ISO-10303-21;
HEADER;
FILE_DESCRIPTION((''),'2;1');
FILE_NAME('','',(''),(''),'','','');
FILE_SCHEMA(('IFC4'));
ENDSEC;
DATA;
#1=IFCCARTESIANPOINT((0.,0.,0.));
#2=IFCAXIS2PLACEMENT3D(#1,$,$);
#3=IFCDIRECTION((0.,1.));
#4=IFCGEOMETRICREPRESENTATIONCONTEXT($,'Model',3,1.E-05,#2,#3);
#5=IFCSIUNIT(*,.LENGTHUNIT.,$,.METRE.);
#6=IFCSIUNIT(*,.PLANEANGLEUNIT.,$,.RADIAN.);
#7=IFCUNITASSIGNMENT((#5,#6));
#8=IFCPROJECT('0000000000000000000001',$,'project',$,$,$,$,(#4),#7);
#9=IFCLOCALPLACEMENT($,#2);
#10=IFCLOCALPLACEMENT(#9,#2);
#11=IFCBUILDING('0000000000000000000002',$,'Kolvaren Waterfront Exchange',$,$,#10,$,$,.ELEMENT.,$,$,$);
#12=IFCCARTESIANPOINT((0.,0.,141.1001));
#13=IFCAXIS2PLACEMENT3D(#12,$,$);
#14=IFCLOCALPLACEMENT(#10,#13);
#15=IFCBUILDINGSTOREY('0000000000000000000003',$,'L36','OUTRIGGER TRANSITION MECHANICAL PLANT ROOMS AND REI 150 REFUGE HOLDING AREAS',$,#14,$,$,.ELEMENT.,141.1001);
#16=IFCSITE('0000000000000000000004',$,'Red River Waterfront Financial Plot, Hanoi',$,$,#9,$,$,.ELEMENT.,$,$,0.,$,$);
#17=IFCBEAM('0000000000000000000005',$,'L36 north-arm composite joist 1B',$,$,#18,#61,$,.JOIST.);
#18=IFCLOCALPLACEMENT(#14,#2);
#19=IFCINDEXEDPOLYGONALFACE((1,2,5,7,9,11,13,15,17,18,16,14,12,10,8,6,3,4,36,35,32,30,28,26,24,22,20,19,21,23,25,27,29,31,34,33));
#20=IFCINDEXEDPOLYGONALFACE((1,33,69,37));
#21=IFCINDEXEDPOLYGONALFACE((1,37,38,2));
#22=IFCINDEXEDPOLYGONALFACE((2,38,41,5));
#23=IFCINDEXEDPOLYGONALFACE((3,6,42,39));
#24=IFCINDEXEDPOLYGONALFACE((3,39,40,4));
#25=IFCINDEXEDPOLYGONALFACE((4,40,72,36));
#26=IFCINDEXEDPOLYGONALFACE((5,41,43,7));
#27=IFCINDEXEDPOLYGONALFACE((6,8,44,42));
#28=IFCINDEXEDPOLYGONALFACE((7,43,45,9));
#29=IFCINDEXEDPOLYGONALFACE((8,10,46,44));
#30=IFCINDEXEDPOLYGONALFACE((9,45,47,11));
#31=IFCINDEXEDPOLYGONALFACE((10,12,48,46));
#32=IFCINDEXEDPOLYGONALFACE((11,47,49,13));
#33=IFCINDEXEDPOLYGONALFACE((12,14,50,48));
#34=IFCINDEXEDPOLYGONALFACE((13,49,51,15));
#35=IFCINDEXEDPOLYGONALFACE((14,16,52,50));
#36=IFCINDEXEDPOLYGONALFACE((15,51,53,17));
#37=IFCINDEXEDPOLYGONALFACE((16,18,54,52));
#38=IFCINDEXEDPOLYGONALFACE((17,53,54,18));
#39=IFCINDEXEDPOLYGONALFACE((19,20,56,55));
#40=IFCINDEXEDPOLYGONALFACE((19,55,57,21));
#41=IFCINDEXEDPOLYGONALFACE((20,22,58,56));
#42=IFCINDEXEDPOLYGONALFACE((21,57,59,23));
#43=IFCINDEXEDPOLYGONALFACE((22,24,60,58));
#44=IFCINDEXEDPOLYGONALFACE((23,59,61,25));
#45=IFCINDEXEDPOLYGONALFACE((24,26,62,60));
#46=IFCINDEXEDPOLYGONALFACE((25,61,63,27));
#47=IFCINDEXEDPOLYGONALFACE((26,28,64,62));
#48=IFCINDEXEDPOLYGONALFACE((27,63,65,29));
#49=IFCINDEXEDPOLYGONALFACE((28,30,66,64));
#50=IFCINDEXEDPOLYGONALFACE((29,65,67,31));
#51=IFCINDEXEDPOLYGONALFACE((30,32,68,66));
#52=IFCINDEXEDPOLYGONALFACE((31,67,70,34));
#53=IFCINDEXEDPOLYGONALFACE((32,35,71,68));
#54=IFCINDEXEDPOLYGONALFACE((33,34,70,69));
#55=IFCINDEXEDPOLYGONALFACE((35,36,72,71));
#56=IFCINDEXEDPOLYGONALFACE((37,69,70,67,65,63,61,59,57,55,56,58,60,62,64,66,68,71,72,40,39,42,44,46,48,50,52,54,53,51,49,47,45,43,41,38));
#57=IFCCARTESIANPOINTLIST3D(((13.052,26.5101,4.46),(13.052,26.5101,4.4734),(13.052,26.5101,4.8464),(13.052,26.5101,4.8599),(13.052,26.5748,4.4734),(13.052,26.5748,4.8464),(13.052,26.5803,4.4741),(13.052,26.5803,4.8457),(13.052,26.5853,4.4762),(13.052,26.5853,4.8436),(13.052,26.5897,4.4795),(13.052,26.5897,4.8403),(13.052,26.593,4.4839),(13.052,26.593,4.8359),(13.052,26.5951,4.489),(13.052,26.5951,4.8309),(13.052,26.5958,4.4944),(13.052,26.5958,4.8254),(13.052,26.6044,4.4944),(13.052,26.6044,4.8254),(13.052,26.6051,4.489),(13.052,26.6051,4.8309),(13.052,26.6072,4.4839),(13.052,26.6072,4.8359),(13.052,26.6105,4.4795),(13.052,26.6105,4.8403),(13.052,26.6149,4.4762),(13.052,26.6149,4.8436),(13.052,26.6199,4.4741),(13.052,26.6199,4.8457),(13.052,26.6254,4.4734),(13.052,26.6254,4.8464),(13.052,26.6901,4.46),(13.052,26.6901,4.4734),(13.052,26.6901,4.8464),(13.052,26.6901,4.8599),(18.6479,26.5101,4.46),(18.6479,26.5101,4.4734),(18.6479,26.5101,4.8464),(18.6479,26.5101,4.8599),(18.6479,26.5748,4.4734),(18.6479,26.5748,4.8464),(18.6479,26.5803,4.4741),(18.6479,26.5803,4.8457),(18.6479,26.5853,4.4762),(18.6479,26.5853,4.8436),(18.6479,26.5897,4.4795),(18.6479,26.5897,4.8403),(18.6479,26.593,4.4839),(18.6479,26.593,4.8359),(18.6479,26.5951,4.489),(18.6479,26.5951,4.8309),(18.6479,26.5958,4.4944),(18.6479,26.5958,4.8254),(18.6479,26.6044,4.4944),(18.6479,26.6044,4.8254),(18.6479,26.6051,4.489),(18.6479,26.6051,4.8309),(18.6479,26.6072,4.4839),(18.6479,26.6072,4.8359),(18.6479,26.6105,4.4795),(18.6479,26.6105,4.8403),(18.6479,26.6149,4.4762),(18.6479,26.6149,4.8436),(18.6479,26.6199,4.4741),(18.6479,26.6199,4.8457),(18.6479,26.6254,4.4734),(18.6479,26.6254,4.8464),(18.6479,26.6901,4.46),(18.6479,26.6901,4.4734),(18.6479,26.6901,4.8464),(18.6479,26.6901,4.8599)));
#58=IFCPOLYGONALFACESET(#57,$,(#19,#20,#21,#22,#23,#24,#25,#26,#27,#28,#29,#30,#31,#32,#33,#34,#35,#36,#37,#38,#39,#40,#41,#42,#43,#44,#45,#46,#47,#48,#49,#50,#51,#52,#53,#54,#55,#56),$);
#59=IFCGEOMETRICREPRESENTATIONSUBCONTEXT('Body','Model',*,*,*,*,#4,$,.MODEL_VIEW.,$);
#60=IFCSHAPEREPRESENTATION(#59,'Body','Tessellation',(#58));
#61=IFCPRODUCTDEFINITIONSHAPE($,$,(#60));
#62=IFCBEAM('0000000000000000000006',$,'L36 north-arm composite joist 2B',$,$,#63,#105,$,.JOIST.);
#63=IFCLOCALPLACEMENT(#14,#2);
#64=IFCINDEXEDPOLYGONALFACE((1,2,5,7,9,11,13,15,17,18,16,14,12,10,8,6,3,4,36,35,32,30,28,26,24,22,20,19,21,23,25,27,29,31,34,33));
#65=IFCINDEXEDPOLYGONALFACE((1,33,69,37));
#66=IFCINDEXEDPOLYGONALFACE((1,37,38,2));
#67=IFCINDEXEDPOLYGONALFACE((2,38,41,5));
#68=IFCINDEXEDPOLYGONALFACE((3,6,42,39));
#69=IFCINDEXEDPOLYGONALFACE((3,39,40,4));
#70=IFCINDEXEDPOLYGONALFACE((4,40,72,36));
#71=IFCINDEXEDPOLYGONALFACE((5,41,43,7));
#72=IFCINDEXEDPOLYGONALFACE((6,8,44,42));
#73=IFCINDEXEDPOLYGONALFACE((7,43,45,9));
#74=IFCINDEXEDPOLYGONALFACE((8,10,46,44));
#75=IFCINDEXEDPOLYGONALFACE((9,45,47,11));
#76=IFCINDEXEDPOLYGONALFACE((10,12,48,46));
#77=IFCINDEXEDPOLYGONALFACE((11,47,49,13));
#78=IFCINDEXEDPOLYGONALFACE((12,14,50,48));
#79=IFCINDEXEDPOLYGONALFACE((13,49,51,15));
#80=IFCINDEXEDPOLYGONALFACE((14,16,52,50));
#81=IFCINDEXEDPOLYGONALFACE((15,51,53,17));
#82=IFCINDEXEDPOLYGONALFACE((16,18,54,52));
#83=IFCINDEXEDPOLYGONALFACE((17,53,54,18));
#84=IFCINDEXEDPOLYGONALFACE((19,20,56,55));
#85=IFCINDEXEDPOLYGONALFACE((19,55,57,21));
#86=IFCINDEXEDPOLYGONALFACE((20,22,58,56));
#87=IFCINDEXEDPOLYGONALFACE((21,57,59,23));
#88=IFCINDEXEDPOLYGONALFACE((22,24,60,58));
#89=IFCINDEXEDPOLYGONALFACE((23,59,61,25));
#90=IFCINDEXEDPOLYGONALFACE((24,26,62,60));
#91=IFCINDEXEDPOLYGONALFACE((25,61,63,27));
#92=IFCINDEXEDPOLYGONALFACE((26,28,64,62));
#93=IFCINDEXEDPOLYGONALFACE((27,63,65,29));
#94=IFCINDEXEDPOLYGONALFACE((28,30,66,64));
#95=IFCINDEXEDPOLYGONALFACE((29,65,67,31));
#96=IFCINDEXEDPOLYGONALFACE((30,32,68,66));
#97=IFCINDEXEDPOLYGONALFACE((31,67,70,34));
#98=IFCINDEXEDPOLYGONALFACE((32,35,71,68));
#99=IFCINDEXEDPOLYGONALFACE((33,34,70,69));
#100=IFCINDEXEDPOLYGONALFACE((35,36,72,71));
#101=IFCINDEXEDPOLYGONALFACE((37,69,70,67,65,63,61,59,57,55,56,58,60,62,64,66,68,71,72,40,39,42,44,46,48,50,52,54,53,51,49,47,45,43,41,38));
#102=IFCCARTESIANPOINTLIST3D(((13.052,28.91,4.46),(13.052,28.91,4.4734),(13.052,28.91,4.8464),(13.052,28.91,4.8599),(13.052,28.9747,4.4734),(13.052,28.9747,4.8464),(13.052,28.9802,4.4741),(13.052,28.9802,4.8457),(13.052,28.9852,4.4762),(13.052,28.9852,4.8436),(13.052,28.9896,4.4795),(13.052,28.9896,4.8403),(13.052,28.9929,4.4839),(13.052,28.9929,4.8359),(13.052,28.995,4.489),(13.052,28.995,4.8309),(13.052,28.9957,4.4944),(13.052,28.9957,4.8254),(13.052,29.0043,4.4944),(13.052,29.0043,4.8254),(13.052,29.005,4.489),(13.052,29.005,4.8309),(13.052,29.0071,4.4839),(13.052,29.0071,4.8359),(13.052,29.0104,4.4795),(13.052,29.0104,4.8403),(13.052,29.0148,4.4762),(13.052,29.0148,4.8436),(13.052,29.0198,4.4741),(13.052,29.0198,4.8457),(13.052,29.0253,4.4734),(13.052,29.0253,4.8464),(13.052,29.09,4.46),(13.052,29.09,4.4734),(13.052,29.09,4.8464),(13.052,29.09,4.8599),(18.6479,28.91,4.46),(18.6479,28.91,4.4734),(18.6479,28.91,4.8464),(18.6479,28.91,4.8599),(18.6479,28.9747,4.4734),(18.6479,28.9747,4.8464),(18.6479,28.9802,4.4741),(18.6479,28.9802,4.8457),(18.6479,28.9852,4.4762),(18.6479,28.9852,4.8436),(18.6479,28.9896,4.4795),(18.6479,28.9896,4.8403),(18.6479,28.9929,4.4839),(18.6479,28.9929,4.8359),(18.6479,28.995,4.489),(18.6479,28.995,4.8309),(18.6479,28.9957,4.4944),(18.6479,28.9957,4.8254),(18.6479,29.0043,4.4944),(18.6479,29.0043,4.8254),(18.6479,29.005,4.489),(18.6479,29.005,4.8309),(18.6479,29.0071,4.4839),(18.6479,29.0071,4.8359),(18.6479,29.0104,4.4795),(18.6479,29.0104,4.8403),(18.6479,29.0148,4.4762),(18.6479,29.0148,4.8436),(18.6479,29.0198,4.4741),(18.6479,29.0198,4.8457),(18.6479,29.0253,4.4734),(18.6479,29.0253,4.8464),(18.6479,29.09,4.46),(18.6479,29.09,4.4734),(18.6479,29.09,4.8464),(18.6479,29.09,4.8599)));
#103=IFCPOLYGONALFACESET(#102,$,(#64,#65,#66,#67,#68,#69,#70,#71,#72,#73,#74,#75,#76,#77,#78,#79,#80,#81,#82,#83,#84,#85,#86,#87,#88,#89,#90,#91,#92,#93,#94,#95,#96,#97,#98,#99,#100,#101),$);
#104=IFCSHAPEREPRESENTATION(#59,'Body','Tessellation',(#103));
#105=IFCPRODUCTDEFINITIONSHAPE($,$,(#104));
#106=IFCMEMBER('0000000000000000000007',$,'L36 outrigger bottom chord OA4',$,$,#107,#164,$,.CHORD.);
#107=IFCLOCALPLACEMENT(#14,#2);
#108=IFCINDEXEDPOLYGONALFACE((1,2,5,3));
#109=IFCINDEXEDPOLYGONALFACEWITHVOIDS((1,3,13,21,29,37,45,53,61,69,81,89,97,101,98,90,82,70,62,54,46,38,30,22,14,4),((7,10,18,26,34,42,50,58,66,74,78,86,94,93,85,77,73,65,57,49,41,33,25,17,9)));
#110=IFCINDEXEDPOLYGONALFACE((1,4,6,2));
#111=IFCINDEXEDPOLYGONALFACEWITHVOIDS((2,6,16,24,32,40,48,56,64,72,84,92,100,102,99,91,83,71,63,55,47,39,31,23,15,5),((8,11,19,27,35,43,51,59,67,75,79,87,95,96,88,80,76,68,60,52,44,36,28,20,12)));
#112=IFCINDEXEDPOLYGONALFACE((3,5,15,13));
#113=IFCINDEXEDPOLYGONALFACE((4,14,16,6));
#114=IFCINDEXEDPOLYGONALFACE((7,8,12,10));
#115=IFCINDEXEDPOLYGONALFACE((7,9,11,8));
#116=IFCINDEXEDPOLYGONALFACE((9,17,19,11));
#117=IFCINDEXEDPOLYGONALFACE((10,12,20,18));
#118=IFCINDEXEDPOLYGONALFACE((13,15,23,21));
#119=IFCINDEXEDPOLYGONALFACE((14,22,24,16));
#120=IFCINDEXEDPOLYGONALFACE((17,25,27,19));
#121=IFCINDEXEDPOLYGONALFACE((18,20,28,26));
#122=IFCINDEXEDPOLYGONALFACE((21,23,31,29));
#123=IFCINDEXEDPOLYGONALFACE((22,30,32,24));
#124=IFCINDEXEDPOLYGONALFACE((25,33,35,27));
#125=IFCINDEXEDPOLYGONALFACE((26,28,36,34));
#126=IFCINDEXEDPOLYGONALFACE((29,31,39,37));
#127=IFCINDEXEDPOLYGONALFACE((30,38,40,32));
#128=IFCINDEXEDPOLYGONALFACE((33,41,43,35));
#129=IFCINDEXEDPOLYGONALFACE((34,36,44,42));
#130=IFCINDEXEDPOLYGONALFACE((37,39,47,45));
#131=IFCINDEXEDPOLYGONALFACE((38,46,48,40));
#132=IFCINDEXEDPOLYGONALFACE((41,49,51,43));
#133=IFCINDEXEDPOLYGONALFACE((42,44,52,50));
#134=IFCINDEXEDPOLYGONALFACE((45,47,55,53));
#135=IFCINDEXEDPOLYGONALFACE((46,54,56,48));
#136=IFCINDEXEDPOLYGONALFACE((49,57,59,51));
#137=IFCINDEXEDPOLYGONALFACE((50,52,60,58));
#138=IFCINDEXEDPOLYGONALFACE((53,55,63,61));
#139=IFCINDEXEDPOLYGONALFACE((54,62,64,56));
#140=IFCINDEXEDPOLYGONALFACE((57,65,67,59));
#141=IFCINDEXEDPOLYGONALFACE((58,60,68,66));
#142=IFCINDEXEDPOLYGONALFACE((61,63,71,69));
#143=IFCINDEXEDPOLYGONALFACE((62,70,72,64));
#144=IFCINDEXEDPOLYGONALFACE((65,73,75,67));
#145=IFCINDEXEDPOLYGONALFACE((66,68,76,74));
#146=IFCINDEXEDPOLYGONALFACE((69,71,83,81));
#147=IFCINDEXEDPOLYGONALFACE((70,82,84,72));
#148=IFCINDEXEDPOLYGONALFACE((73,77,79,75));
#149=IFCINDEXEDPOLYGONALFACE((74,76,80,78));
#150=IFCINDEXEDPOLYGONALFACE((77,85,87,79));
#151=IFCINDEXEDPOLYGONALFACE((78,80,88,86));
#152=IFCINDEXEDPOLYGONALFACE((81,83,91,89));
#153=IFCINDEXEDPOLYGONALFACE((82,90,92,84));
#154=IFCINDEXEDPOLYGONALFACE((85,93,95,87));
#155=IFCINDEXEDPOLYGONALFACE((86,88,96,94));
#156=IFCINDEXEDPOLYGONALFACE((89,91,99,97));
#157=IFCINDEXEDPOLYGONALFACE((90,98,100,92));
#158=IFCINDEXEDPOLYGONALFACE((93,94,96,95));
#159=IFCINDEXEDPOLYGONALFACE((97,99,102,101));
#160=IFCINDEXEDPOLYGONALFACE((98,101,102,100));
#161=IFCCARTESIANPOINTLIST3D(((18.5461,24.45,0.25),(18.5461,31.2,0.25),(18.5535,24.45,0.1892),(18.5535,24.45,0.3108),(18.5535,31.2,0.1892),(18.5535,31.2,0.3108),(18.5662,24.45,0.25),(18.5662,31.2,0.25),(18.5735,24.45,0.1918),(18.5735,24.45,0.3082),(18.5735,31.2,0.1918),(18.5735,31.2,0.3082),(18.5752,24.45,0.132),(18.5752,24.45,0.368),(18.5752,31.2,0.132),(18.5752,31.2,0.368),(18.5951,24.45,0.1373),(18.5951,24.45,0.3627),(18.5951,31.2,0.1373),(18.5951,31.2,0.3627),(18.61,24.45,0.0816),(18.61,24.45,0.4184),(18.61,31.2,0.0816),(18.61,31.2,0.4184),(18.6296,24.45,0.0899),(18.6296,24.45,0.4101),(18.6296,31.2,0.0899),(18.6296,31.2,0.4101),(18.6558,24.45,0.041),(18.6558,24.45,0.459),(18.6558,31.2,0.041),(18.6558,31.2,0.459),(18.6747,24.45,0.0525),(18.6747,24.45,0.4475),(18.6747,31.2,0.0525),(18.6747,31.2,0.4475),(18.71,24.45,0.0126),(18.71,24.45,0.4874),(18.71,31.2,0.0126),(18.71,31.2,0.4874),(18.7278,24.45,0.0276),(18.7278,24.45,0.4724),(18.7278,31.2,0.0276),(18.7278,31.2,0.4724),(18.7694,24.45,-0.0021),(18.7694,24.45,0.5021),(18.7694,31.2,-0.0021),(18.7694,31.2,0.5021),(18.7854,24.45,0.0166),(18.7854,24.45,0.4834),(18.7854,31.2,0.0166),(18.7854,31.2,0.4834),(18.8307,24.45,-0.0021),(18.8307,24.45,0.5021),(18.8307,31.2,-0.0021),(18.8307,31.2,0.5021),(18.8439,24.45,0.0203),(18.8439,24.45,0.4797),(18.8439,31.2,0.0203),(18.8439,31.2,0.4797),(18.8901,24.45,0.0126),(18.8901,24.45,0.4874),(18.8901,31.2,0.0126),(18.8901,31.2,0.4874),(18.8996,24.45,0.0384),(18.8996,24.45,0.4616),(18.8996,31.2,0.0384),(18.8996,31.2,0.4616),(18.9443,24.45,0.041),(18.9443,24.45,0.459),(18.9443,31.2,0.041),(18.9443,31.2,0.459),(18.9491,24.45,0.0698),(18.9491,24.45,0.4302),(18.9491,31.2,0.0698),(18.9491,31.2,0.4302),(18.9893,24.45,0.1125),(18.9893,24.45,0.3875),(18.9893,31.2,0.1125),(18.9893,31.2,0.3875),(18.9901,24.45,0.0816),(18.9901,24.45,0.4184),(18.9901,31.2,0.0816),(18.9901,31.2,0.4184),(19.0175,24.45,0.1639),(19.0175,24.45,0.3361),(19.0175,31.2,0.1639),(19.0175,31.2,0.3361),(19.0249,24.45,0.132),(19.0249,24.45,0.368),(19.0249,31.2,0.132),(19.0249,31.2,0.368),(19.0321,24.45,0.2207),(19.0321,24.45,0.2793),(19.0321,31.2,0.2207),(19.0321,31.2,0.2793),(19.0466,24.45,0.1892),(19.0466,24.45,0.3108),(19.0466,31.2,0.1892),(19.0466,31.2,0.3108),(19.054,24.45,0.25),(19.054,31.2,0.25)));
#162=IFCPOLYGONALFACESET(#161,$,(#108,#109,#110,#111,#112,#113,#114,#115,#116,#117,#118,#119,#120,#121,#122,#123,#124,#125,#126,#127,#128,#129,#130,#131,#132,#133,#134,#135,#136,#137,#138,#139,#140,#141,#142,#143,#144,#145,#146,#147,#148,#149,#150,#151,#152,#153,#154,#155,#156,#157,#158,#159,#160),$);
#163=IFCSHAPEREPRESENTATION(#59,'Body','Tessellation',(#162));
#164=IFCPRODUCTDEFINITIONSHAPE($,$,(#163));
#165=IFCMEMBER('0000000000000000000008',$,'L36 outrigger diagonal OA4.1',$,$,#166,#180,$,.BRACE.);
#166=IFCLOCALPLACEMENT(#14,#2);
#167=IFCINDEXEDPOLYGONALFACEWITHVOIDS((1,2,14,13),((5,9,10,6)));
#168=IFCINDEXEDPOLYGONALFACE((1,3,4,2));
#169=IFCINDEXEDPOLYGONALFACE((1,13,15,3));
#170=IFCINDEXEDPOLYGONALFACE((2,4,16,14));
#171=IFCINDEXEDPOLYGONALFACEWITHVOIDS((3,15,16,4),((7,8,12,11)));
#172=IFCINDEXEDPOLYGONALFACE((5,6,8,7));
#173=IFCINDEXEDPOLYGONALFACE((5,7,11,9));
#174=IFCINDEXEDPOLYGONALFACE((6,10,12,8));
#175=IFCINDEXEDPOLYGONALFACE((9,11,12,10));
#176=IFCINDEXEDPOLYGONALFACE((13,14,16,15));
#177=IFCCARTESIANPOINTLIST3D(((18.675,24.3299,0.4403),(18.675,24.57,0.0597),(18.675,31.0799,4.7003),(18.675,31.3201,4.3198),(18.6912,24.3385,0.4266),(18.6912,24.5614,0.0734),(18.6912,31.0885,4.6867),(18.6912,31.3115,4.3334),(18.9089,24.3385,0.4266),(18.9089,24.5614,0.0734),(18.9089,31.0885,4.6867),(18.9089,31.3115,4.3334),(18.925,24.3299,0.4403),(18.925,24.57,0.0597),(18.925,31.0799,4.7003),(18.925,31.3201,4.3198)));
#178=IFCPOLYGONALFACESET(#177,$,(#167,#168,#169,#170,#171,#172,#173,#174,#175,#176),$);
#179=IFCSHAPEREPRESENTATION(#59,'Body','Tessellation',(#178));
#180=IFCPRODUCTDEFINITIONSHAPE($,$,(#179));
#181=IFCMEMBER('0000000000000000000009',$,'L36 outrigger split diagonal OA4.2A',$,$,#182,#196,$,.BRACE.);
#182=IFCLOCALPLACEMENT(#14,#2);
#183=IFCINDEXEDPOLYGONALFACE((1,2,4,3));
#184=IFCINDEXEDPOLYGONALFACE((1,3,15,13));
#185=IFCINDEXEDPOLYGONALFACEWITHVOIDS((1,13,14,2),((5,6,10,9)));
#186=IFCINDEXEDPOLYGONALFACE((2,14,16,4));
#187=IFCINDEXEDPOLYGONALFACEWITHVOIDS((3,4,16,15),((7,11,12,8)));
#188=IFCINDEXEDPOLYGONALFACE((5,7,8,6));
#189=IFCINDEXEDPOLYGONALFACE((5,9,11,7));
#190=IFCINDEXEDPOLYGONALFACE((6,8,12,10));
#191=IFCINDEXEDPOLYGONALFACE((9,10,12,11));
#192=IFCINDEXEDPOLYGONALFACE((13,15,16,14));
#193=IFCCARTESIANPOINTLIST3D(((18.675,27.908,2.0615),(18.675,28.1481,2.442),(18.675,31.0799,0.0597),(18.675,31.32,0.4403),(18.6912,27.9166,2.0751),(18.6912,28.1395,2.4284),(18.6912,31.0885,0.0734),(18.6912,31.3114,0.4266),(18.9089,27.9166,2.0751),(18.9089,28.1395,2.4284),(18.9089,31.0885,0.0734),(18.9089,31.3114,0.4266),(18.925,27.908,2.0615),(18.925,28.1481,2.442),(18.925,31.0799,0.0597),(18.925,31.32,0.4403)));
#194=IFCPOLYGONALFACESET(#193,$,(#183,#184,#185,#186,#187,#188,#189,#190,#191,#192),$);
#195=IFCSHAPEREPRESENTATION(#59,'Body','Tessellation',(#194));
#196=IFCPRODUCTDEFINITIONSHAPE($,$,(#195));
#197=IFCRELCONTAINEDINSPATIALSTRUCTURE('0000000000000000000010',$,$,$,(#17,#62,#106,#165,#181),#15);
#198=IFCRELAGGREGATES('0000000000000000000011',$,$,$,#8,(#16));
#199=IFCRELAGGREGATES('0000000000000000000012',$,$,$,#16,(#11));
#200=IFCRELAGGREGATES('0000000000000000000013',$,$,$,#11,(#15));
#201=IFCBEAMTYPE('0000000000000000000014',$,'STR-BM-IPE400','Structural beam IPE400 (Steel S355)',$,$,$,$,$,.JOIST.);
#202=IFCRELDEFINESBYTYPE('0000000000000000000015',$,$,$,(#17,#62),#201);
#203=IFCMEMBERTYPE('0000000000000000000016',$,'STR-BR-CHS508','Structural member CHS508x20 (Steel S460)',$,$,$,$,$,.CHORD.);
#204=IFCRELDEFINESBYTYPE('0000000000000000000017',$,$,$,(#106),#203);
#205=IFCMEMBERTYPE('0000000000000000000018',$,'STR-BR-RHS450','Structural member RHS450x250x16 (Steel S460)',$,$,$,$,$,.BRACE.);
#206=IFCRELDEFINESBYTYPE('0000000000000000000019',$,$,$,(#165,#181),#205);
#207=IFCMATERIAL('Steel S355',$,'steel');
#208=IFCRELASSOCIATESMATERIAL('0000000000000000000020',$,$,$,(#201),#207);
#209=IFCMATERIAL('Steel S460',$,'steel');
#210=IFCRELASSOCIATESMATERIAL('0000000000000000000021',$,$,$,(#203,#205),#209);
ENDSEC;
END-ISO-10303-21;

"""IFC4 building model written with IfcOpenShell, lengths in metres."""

from ifc_helpers import new_model, si_unit, direction, frame, origin, origin_2d, place, context, subcontext, project, spatial, hollow_rectangle, hollow_circle, i_section, extrude, material, material_profile, profile_set, type_object, element, save


model = new_model("IFC4")

# Units and contexts
model_context = context("Model", 3, precision=1e-05, world=origin(), true_north=direction((0.0, 1.0)))
body_context = subcontext(model_context, "Body", "Model", "MODEL_VIEW")
ifc_project = project(units=[si_unit("LENGTHUNIT", "METRE"), si_unit("PLANEANGLEUNIT", "RADIAN")], contexts=[model_context])

# Site, building, storey
site_placement = place(None, origin())
site = spatial("IfcSite", under=ifc_project, at=site_placement, Name="Red River Waterfront Financial Plot, Hanoi", CompositionType="ELEMENT", RefElevation=0.0)
building_placement = place(site_placement, origin())
building = spatial("IfcBuilding", under=site, at=building_placement, Name="Kolvaren Waterfront Exchange", CompositionType="ELEMENT")
storey_placement = place(building_placement, frame((0.0, 0.0, 141.1001)))
storey = spatial("IfcBuildingStorey", under=building, at=storey_placement, Name="L36", Description="OUTRIGGER TRANSITION MECHANICAL PLANT ROOMS AND REI 150 REFUGE HOLDING AREAS", CompositionType="ELEMENT", Elevation=141.1001)

# Beams
ifc_material_1 = material(Name="Steel S355", Category="steel")
ifc_material_profile_1 = material_profile(ifc_material_1, i_section(OverallWidth=0.1799, OverallDepth=0.3999, WebThickness=0.0085, FlangeThickness=0.0134, FilletRadius=0.021, at=origin_2d()), Name="IPE400")
ifc_profile_set_1 = profile_set([ifc_material_profile_1], Name="Steel S355")
beam_type_1 = type_object("IfcBeamType", Name="STR-BM-IPE400", Description="Structural beam IPE400 (Steel S355)", PredefinedType="JOIST", material=ifc_profile_set_1)
for number, where, z_axis, x_axis, name in (
    (1, (13.052, 26.6001, 4.6599), (1.0, 0.0, 0.0), (0.0, 1.0, 0.0), "L36 north-arm composite joist 1B"),
    (2, (13.052, 29.0, 4.6599), (1.0, 0.0, 0.0), (0.0, 1.0, 0.0), "L36 north-arm composite joist 2B"),
):
    element("IfcBeam", number, at=place(storey_placement, frame(where, z_axis=z_axis, x_axis=x_axis)), inside=storey, type_object=beam_type_1, Name=name, PredefinedType="JOIST", context=body_context, shape_type="SweptSolid", body=[
        extrude(i_section(OverallWidth=0.1799, OverallDepth=0.3999, WebThickness=0.0085, FlangeThickness=0.0134, FilletRadius=0.021, at=origin_2d()), origin(), (0.0, 0.0, 1.0), 5.5959),
    ])

# Members
ifc_material_2 = material(Name="Steel S460", Category="steel")
ifc_material_profile_2 = material_profile(ifc_material_2, hollow_circle(Radius=0.2539, WallThickness=0.02, at=origin_2d()), Name="CHS508x20")
ifc_profile_set_2 = profile_set([ifc_material_profile_2], Name="Steel S460")
member_type_1 = type_object("IfcMemberType", Name="STR-BR-CHS508", Description="Structural member CHS508x20 (Steel S460)", PredefinedType="CHORD", material=ifc_profile_set_2)
member_1_placement = place(storey_placement, frame((18.8, 24.45, 0.25), z_axis=(0.0, 1.0, 0.0), x_axis=(-1.0, 0.0, 0.0)))
element("IfcMember", 3, at=member_1_placement, inside=storey, type_object=member_type_1, Name="L36 outrigger bottom chord OA4", PredefinedType="CHORD", context=body_context, shape_type="SweptSolid", body=[
    extrude(hollow_circle(Radius=0.2539, WallThickness=0.02, at=origin_2d()), origin(), (0.0, 0.0, 1.0), 6.75),
])
ifc_material_profile_3 = material_profile(ifc_material_2, hollow_rectangle(XDim=0.25, YDim=0.45, WallThickness=0.0161, at=origin_2d()), Name="RHS450x250x16")
ifc_profile_set_3 = profile_set([ifc_material_profile_3], Name="Steel S460")
member_type_2 = type_object("IfcMemberType", Name="STR-BR-RHS450", Description="Structural member RHS450x250x16 (Steel S460)", PredefinedType="BRACE", material=ifc_profile_set_3)
member_2_placement = place(storey_placement, frame((18.8, 24.45, 0.25), z_axis=(0.0, 0.845667, 0.533711), x_axis=(-1.0, 0.0, 0.0)))
element("IfcMember", 4, at=member_2_placement, inside=storey, type_object=member_type_2, Name="L36 outrigger diagonal OA4.1", PredefinedType="BRACE", context=body_context, shape_type="SweptSolid", body=[
    extrude(hollow_rectangle(XDim=0.25, YDim=0.45, WallThickness=0.0161, at=origin_2d()), origin(), (0.0, 0.0, 1.0), 7.9819),
])
member_3_placement = place(storey_placement, frame((18.8, 31.2, 0.25), z_axis=(0.0, -0.845679, 0.533692), x_axis=(1.0, 0.0, 0.0)))
element("IfcMember", 5, at=member_3_placement, inside=storey, type_object=member_type_2, Name="L36 outrigger split diagonal OA4.2A", PredefinedType="BRACE", context=body_context, shape_type="SweptSolid", body=[
    extrude(hollow_rectangle(XDim=0.25, YDim=0.45, WallThickness=0.0161, at=origin_2d()), origin(), (0.0, 0.0, 1.0), 3.7507),
])

save(model, "model.ifc")
